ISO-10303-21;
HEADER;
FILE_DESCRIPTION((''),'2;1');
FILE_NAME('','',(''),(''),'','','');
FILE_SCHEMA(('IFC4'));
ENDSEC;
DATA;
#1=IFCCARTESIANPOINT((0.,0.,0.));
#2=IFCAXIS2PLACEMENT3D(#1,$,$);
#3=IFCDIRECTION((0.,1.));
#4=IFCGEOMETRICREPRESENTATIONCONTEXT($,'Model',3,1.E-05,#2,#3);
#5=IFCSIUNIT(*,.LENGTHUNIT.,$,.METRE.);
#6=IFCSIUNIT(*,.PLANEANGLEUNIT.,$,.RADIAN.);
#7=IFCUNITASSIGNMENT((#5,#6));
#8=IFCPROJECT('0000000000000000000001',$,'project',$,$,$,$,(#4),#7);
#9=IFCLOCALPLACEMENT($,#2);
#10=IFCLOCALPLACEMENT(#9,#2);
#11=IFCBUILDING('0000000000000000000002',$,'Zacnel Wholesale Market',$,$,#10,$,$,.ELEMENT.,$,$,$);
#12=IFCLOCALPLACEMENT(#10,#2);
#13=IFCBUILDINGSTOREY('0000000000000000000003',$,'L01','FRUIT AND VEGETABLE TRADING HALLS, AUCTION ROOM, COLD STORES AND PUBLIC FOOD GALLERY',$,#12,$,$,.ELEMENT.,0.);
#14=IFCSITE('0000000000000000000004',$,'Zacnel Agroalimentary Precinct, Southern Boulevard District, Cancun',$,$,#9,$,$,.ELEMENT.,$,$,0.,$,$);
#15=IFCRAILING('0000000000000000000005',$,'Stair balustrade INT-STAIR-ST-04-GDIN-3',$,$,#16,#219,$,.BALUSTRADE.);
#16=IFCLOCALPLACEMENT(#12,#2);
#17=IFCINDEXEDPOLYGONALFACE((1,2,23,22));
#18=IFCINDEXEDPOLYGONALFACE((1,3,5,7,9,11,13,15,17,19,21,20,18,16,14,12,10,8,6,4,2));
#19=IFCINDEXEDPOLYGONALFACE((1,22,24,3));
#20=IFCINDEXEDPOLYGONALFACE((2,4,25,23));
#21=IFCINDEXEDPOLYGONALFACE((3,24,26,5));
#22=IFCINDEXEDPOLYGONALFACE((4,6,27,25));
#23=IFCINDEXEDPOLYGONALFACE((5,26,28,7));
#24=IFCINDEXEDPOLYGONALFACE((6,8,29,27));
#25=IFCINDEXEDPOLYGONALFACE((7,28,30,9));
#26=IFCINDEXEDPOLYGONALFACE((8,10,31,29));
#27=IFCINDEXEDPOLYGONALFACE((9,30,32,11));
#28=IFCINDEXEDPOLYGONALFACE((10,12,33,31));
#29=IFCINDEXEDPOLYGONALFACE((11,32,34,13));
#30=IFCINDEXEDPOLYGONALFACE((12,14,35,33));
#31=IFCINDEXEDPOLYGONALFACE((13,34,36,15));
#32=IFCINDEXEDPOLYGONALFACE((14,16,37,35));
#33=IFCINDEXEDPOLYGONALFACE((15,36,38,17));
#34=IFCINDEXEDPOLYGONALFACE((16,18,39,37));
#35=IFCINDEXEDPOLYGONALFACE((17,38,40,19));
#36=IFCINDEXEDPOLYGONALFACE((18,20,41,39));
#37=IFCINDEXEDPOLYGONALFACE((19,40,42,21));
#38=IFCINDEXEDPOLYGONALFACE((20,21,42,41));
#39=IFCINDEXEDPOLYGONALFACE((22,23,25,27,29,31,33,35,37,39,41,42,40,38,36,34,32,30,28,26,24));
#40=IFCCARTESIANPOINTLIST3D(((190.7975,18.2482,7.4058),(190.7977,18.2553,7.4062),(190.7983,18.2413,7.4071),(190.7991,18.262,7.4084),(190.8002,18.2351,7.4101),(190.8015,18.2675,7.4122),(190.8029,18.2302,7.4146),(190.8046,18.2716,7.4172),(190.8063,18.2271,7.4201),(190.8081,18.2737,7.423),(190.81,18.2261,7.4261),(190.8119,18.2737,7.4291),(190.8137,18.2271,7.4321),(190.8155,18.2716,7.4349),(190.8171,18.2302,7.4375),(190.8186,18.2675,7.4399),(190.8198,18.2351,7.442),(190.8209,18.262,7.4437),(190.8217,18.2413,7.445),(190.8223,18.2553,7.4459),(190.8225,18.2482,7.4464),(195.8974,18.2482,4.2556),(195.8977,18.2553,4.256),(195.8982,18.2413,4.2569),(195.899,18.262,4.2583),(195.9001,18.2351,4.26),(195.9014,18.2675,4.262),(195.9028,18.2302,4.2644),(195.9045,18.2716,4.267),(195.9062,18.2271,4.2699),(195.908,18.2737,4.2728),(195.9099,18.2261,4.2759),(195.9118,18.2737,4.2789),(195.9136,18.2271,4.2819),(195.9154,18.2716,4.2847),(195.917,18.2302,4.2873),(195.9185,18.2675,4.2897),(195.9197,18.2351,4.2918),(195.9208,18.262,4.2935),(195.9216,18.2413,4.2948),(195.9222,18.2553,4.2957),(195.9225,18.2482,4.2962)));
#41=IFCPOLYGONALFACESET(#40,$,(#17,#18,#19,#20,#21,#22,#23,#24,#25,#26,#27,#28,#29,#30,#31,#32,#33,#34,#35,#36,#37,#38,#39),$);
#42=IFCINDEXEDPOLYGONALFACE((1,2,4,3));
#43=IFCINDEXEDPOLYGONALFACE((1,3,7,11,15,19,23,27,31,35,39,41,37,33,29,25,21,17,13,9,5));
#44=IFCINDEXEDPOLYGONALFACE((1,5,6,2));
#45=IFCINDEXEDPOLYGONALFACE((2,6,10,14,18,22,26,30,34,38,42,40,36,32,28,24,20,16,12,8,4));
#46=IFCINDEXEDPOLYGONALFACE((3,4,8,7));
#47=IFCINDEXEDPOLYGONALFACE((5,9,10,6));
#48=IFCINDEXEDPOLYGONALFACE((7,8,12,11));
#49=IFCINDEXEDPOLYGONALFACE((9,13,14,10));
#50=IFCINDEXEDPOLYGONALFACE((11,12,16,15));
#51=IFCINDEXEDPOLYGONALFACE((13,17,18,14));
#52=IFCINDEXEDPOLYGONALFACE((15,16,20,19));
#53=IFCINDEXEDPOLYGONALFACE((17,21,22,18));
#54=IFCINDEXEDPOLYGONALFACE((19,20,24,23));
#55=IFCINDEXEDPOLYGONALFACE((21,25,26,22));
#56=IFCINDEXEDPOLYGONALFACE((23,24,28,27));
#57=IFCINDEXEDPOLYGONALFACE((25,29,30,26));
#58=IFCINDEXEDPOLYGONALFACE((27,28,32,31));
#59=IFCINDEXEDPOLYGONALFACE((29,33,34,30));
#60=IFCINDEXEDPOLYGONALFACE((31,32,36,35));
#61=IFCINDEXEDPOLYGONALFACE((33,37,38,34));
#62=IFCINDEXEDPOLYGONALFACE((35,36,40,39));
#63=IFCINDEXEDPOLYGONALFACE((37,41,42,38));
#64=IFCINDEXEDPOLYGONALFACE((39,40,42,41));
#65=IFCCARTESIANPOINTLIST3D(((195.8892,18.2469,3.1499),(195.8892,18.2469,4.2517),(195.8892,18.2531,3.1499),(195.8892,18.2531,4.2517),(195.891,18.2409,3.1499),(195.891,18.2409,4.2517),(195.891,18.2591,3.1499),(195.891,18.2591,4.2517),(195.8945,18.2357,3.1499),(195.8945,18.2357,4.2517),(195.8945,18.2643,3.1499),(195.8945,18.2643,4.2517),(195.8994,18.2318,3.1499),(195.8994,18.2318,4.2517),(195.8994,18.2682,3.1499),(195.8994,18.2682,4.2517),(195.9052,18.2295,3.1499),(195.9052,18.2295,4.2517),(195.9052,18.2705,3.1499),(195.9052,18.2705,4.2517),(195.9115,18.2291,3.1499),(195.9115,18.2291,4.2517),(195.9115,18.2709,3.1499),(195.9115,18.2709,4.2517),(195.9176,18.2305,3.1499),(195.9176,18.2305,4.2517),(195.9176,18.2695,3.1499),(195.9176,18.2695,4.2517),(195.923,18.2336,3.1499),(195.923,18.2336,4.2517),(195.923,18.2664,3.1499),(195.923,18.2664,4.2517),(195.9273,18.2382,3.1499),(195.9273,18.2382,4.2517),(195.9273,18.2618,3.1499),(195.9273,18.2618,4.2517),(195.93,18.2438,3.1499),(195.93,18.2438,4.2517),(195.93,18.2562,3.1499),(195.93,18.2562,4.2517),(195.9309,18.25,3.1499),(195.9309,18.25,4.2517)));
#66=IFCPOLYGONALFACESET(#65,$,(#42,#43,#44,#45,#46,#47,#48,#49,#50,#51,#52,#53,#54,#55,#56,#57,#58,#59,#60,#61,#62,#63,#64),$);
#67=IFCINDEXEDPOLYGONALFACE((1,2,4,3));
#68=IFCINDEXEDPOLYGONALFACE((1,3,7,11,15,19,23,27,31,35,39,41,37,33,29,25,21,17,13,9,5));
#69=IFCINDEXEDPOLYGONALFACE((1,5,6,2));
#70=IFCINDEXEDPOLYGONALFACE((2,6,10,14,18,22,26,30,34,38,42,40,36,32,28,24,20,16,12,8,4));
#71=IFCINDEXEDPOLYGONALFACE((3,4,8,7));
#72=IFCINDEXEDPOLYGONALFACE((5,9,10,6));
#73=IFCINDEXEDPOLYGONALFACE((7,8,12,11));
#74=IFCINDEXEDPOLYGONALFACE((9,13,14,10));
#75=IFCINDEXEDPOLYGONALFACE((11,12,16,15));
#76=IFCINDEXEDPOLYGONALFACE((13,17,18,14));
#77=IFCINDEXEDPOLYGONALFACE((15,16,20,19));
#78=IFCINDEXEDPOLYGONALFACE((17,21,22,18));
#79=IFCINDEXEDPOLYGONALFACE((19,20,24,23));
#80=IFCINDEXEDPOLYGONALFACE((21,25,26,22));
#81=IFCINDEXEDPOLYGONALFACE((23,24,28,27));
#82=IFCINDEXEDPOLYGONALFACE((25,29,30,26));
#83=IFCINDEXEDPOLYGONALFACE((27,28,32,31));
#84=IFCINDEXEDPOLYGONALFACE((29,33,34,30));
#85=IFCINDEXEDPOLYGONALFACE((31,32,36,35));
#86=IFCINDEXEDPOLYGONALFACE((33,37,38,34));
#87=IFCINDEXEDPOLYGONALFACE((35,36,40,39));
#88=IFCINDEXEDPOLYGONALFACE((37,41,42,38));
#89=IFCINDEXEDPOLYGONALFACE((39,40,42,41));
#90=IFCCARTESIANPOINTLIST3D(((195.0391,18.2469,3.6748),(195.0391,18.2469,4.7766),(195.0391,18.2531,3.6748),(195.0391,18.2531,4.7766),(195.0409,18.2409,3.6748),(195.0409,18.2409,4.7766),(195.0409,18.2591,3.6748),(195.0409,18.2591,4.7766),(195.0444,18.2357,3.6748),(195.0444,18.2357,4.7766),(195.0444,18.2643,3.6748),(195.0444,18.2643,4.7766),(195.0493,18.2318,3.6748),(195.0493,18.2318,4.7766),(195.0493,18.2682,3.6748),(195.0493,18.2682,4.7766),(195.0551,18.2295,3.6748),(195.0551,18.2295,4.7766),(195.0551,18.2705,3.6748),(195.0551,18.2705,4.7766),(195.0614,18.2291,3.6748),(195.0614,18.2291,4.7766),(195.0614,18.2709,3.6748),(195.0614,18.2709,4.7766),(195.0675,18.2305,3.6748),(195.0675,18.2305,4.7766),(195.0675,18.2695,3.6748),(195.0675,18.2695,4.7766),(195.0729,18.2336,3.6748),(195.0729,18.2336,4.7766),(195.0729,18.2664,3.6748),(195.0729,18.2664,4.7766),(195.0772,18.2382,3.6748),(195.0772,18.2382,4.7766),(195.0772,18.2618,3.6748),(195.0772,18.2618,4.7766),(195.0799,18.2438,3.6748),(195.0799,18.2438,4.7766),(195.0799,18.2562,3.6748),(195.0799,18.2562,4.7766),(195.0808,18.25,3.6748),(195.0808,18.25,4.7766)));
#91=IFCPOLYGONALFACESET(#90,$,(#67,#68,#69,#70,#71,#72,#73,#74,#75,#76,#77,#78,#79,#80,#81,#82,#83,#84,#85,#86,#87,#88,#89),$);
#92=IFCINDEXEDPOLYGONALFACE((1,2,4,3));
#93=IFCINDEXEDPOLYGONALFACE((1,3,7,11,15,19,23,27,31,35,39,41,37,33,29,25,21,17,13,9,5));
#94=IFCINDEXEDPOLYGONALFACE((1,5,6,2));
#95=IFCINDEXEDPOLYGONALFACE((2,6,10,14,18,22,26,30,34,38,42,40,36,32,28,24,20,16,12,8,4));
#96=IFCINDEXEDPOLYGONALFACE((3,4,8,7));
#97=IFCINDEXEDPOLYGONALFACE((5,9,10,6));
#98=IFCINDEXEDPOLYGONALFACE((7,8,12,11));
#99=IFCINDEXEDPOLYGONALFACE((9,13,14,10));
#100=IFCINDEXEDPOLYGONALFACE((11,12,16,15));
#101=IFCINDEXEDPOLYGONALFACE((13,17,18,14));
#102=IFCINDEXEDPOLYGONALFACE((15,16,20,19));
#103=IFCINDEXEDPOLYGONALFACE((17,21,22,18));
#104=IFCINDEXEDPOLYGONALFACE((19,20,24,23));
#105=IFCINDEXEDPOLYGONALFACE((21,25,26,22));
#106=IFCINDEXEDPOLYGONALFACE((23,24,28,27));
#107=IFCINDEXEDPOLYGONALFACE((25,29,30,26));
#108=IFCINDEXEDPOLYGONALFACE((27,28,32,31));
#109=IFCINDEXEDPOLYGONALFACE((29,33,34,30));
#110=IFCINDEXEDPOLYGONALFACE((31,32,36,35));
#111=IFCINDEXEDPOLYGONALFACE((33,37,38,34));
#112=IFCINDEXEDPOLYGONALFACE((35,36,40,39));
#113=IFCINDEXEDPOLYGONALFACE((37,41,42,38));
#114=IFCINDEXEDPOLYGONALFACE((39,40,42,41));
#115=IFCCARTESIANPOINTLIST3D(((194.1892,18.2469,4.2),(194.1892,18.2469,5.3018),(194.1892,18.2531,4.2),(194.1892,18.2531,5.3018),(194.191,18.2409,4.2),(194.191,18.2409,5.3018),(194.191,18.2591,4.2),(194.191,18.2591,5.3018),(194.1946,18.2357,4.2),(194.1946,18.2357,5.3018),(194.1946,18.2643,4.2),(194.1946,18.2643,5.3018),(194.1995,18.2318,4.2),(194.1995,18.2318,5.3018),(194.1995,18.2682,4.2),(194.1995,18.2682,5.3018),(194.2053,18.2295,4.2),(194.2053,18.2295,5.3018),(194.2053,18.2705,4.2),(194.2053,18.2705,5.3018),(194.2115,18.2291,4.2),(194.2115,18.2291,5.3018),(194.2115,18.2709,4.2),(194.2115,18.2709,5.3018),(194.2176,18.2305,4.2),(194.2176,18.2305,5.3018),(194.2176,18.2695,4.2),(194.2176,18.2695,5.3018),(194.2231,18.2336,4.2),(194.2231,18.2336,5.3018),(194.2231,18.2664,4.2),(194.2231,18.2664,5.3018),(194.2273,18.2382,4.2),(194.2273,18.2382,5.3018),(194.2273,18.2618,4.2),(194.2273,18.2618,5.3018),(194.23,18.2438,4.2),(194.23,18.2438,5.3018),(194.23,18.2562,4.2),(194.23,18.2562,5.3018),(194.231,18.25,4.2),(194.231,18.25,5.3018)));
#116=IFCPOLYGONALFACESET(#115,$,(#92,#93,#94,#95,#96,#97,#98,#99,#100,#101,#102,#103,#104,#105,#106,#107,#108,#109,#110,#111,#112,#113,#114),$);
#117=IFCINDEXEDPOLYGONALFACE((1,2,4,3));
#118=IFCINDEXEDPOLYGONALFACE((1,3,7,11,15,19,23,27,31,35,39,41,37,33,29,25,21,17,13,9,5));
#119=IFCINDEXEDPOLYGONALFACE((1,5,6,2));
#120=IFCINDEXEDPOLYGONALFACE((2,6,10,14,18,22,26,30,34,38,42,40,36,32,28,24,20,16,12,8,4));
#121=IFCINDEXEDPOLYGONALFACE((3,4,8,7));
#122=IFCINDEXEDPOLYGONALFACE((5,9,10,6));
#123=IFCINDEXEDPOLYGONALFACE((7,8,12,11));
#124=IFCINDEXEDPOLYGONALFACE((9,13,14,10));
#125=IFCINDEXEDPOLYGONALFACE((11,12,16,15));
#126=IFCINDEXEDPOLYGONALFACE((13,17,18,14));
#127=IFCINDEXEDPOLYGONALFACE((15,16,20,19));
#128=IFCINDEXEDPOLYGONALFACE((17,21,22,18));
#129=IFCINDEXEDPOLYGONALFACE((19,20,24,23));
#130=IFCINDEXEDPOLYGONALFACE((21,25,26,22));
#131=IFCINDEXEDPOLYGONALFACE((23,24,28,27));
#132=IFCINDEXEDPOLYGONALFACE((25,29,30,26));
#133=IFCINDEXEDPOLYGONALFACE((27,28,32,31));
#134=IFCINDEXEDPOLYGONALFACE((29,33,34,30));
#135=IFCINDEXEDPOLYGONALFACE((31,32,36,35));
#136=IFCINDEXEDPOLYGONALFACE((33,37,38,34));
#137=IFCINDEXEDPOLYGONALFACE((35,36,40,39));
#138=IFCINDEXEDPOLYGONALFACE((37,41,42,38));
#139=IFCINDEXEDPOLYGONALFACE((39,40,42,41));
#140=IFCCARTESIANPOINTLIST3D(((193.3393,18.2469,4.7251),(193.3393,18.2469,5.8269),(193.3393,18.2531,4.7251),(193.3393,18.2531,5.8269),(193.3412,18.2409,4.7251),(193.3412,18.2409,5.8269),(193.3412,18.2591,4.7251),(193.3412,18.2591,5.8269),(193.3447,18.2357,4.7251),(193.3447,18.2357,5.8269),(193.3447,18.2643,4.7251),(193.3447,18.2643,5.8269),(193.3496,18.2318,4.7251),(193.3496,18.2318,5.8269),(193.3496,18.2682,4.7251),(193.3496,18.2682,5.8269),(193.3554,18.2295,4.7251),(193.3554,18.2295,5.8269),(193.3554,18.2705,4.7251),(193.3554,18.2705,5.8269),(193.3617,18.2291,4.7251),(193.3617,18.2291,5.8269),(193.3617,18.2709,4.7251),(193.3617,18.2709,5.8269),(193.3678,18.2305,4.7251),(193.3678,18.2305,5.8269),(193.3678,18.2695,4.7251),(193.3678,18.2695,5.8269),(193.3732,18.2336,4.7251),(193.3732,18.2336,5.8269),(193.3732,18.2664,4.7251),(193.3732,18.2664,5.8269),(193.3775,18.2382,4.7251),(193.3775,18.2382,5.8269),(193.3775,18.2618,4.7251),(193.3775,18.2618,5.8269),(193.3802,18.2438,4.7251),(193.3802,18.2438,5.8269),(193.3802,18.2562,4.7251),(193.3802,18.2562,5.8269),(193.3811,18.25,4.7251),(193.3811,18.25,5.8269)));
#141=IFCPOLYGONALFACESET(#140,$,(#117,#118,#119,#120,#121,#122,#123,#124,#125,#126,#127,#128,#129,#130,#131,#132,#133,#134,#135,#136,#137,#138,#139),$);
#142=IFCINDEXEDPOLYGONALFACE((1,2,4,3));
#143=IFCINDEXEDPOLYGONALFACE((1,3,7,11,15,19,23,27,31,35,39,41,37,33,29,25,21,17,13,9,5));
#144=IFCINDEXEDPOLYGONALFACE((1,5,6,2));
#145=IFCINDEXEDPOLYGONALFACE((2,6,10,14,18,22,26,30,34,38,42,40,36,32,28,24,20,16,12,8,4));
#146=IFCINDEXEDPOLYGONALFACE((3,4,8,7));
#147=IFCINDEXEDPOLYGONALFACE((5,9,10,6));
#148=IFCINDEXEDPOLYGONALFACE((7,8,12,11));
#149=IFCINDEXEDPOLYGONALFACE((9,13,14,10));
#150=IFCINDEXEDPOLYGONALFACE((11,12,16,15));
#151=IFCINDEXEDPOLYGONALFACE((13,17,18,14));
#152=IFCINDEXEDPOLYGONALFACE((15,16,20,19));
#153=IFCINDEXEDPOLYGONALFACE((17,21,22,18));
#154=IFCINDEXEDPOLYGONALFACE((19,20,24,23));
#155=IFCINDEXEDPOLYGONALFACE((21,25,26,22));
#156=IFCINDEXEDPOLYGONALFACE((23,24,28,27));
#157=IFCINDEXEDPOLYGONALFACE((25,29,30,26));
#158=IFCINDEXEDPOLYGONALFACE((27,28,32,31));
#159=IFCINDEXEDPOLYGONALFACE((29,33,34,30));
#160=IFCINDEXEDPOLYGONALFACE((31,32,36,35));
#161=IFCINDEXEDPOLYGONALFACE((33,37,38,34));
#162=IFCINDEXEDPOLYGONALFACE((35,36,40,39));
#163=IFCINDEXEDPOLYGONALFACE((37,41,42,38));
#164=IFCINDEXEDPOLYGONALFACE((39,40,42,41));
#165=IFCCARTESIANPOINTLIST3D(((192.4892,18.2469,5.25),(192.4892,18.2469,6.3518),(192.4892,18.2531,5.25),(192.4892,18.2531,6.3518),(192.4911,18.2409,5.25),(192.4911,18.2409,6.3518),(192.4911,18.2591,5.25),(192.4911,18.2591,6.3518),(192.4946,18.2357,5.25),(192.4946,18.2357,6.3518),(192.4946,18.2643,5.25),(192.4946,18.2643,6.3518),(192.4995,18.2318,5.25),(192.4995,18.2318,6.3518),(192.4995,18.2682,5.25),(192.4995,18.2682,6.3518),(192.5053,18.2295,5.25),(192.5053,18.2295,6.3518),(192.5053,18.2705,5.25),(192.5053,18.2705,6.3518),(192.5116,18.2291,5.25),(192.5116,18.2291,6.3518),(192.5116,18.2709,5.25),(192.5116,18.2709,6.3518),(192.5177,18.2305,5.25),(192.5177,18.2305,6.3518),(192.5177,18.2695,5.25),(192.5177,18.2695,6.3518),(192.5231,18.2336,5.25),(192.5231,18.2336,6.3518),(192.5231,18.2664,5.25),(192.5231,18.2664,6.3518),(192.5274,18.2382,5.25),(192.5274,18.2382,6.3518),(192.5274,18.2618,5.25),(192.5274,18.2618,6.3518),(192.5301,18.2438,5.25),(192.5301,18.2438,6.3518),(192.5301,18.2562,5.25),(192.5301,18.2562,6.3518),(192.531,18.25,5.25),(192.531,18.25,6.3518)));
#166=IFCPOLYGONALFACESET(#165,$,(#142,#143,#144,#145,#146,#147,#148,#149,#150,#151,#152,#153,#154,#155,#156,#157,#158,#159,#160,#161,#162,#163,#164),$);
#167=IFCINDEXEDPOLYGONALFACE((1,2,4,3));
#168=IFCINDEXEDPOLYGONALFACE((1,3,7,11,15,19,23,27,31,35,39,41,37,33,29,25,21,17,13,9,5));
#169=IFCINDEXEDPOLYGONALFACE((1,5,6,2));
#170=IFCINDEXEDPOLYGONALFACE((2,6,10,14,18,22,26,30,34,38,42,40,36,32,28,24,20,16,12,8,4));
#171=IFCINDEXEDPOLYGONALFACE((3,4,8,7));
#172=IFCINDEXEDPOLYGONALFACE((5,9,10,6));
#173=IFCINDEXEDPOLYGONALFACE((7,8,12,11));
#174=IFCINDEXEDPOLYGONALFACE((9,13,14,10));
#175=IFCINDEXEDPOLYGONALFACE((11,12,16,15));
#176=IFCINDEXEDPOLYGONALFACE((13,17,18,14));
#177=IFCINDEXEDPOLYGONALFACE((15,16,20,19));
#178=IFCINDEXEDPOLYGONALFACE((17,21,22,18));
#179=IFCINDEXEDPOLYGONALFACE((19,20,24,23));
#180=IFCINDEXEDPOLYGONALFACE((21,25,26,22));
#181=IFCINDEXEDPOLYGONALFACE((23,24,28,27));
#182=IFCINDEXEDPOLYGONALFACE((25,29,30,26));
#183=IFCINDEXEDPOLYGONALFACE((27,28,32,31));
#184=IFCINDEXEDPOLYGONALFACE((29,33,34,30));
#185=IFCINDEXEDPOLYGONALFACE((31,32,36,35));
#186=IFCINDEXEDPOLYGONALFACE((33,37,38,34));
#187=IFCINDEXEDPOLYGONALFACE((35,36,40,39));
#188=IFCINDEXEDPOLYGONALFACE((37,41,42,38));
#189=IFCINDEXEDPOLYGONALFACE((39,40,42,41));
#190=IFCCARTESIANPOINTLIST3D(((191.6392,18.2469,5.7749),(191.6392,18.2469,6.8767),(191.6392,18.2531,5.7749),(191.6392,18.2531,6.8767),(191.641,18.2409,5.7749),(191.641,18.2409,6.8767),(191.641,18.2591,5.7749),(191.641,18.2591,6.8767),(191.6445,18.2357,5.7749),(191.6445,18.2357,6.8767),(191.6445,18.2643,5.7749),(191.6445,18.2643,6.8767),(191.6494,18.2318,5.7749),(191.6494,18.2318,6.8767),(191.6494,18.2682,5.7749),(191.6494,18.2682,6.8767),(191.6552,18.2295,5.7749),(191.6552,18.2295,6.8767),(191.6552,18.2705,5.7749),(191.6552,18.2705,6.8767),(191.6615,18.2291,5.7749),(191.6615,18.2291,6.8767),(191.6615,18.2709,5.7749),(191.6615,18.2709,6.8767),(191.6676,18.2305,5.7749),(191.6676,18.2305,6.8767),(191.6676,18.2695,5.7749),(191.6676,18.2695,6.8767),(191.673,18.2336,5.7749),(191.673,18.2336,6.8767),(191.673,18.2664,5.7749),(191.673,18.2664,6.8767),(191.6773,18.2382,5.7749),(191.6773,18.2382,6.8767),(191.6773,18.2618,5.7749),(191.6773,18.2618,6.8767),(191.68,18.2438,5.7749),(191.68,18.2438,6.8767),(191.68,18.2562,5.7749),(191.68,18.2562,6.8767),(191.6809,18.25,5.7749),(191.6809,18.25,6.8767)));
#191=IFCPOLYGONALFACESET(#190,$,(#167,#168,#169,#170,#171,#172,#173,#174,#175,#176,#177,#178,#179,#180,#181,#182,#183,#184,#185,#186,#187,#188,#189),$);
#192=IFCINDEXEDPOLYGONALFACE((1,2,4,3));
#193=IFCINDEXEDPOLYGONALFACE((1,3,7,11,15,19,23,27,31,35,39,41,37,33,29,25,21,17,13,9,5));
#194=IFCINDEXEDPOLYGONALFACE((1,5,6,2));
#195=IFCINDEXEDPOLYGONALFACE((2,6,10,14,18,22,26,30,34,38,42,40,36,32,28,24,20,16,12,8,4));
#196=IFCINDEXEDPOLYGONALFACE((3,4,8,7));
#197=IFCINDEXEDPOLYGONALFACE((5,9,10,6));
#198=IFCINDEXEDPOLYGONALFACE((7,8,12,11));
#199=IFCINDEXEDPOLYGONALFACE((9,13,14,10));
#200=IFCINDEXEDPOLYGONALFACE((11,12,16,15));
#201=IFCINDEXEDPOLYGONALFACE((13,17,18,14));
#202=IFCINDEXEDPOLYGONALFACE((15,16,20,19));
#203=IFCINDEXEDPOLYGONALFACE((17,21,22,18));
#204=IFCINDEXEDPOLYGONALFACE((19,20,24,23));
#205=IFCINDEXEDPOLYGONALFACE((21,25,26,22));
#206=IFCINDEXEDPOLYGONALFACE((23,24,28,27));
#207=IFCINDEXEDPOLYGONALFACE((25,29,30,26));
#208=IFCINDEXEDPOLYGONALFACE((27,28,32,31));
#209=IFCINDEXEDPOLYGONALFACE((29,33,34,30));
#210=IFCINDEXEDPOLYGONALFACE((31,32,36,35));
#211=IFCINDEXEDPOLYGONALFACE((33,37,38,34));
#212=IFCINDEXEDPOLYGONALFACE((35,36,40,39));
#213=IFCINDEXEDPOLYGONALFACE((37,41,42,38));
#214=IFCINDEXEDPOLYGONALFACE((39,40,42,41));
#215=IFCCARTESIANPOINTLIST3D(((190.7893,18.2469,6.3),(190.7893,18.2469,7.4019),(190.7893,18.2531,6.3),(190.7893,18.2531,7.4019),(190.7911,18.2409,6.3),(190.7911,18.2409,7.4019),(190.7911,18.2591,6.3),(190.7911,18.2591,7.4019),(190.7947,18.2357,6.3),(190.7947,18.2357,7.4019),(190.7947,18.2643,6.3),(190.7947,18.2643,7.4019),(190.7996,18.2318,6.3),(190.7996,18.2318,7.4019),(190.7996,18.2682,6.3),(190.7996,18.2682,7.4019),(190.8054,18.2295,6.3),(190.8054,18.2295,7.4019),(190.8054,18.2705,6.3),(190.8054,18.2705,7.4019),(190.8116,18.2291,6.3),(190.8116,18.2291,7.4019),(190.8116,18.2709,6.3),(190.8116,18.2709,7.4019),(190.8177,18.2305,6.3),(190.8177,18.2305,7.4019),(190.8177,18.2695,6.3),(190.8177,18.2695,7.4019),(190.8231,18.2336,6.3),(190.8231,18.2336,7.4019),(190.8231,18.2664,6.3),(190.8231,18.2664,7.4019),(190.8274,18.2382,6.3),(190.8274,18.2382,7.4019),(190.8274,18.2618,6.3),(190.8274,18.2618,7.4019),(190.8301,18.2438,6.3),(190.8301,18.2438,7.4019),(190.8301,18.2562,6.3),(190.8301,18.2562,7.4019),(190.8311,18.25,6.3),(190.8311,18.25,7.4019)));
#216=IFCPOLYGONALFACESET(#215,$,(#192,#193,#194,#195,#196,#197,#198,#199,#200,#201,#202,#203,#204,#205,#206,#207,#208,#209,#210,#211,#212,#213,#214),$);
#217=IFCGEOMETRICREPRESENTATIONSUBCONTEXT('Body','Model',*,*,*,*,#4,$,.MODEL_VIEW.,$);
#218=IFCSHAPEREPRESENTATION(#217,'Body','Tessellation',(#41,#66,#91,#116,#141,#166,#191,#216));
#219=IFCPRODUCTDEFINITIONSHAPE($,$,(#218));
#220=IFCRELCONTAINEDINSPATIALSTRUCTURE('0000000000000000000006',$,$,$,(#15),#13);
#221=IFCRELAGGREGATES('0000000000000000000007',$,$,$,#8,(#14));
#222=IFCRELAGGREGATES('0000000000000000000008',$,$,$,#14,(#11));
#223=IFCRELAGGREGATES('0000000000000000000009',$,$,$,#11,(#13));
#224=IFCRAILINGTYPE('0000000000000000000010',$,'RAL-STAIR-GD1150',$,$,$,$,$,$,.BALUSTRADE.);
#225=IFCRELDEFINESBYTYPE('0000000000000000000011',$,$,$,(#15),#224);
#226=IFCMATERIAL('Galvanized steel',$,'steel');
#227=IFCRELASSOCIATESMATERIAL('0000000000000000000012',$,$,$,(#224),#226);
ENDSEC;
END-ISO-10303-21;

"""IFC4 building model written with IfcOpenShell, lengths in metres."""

from ifc_helpers import new_model, si_unit, direction, frame, origin, origin_2d, place, context, subcontext, project, spatial, circle, extrude, material, type_object, element, save


model = new_model("IFC4")

# Units and contexts
model_context = context("Model", 3, precision=1e-05, world=origin(), true_north=direction((0.0, 1.0)))
body_context = subcontext(model_context, "Body", "Model", "MODEL_VIEW")
ifc_project = project(units=[si_unit("LENGTHUNIT", "METRE"), si_unit("PLANEANGLEUNIT", "RADIAN")], contexts=[model_context])

# Site, building, storey
site_placement = place(None, origin())
site = spatial("IfcSite", under=ifc_project, at=site_placement, Name="Zacnel Agroalimentary Precinct, Southern Boulevard District, Cancun", CompositionType="ELEMENT", RefElevation=0.0)
building_placement = place(site_placement, origin())
building = spatial("IfcBuilding", under=site, at=building_placement, Name="Zacnel Wholesale Market", CompositionType="ELEMENT")
storey_placement = place(building_placement, origin())
storey = spatial("IfcBuildingStorey", under=building, at=storey_placement, Name="L01", Description="FRUIT AND VEGETABLE TRADING HALLS, AUCTION ROOM, COLD STORES AND PUBLIC FOOD GALLERY", CompositionType="ELEMENT", Elevation=0.0)

# Railing
ifc_material_1 = material(Name="Galvanized steel", Category="steel")
railing_type = type_object("IfcRailingType", Name="RAL-STAIR-GD1150", PredefinedType="BALUSTRADE", material=ifc_material_1)
railing_1_placement = place(storey_placement, frame((195.9099, 18.25, 3.1499)))
element("IfcRailing", 1, at=railing_1_placement, inside=storey, type_object=railing_type, Name="Stair balustrade INT-STAIR-ST-04-GDIN-3", PredefinedType="BALUSTRADE", context=body_context, shape_type="SweptSolid", body=[
    extrude(circle(Radius=0.0239, at=origin_2d()), frame((0.0, 0.0, 1.126), z_axis=(-0.85078, 0.0, 0.525521), x_axis=(0.0, -1.0, 0.0)), (0.0, 0.0, 1.0), 5.9944),
    extrude(circle(Radius=0.021, at=origin_2d()), origin(), (0.0, 0.0, 1.0), 1.1018),
    extrude(circle(Radius=0.021, at=origin_2d()), frame((-0.8501, 0.0, 0.5249)), (0.0, 0.0, 1.0), 1.1018),
    extrude(circle(Radius=0.021, at=origin_2d()), frame((-1.7, 0.0, 1.05)), (0.0, 0.0, 1.0), 1.1018),
    extrude(circle(Radius=0.021, at=origin_2d()), frame((-2.5498, 0.0, 1.5752)), (0.0, 0.0, 1.0), 1.1018),
    extrude(circle(Radius=0.021, at=origin_2d()), frame((-3.3999, 0.0, 2.1001)), (0.0, 0.0, 1.0), 1.1018),
    extrude(circle(Radius=0.021, at=origin_2d()), frame((-4.25, 0.0, 2.625)), (0.0, 0.0, 1.0), 1.1018),
    extrude(circle(Radius=0.021, at=origin_2d()), frame((-5.0999, 0.0, 3.1501)), (0.0, 0.0, 1.0), 1.1018),
])

save(model, "model.ifc")
